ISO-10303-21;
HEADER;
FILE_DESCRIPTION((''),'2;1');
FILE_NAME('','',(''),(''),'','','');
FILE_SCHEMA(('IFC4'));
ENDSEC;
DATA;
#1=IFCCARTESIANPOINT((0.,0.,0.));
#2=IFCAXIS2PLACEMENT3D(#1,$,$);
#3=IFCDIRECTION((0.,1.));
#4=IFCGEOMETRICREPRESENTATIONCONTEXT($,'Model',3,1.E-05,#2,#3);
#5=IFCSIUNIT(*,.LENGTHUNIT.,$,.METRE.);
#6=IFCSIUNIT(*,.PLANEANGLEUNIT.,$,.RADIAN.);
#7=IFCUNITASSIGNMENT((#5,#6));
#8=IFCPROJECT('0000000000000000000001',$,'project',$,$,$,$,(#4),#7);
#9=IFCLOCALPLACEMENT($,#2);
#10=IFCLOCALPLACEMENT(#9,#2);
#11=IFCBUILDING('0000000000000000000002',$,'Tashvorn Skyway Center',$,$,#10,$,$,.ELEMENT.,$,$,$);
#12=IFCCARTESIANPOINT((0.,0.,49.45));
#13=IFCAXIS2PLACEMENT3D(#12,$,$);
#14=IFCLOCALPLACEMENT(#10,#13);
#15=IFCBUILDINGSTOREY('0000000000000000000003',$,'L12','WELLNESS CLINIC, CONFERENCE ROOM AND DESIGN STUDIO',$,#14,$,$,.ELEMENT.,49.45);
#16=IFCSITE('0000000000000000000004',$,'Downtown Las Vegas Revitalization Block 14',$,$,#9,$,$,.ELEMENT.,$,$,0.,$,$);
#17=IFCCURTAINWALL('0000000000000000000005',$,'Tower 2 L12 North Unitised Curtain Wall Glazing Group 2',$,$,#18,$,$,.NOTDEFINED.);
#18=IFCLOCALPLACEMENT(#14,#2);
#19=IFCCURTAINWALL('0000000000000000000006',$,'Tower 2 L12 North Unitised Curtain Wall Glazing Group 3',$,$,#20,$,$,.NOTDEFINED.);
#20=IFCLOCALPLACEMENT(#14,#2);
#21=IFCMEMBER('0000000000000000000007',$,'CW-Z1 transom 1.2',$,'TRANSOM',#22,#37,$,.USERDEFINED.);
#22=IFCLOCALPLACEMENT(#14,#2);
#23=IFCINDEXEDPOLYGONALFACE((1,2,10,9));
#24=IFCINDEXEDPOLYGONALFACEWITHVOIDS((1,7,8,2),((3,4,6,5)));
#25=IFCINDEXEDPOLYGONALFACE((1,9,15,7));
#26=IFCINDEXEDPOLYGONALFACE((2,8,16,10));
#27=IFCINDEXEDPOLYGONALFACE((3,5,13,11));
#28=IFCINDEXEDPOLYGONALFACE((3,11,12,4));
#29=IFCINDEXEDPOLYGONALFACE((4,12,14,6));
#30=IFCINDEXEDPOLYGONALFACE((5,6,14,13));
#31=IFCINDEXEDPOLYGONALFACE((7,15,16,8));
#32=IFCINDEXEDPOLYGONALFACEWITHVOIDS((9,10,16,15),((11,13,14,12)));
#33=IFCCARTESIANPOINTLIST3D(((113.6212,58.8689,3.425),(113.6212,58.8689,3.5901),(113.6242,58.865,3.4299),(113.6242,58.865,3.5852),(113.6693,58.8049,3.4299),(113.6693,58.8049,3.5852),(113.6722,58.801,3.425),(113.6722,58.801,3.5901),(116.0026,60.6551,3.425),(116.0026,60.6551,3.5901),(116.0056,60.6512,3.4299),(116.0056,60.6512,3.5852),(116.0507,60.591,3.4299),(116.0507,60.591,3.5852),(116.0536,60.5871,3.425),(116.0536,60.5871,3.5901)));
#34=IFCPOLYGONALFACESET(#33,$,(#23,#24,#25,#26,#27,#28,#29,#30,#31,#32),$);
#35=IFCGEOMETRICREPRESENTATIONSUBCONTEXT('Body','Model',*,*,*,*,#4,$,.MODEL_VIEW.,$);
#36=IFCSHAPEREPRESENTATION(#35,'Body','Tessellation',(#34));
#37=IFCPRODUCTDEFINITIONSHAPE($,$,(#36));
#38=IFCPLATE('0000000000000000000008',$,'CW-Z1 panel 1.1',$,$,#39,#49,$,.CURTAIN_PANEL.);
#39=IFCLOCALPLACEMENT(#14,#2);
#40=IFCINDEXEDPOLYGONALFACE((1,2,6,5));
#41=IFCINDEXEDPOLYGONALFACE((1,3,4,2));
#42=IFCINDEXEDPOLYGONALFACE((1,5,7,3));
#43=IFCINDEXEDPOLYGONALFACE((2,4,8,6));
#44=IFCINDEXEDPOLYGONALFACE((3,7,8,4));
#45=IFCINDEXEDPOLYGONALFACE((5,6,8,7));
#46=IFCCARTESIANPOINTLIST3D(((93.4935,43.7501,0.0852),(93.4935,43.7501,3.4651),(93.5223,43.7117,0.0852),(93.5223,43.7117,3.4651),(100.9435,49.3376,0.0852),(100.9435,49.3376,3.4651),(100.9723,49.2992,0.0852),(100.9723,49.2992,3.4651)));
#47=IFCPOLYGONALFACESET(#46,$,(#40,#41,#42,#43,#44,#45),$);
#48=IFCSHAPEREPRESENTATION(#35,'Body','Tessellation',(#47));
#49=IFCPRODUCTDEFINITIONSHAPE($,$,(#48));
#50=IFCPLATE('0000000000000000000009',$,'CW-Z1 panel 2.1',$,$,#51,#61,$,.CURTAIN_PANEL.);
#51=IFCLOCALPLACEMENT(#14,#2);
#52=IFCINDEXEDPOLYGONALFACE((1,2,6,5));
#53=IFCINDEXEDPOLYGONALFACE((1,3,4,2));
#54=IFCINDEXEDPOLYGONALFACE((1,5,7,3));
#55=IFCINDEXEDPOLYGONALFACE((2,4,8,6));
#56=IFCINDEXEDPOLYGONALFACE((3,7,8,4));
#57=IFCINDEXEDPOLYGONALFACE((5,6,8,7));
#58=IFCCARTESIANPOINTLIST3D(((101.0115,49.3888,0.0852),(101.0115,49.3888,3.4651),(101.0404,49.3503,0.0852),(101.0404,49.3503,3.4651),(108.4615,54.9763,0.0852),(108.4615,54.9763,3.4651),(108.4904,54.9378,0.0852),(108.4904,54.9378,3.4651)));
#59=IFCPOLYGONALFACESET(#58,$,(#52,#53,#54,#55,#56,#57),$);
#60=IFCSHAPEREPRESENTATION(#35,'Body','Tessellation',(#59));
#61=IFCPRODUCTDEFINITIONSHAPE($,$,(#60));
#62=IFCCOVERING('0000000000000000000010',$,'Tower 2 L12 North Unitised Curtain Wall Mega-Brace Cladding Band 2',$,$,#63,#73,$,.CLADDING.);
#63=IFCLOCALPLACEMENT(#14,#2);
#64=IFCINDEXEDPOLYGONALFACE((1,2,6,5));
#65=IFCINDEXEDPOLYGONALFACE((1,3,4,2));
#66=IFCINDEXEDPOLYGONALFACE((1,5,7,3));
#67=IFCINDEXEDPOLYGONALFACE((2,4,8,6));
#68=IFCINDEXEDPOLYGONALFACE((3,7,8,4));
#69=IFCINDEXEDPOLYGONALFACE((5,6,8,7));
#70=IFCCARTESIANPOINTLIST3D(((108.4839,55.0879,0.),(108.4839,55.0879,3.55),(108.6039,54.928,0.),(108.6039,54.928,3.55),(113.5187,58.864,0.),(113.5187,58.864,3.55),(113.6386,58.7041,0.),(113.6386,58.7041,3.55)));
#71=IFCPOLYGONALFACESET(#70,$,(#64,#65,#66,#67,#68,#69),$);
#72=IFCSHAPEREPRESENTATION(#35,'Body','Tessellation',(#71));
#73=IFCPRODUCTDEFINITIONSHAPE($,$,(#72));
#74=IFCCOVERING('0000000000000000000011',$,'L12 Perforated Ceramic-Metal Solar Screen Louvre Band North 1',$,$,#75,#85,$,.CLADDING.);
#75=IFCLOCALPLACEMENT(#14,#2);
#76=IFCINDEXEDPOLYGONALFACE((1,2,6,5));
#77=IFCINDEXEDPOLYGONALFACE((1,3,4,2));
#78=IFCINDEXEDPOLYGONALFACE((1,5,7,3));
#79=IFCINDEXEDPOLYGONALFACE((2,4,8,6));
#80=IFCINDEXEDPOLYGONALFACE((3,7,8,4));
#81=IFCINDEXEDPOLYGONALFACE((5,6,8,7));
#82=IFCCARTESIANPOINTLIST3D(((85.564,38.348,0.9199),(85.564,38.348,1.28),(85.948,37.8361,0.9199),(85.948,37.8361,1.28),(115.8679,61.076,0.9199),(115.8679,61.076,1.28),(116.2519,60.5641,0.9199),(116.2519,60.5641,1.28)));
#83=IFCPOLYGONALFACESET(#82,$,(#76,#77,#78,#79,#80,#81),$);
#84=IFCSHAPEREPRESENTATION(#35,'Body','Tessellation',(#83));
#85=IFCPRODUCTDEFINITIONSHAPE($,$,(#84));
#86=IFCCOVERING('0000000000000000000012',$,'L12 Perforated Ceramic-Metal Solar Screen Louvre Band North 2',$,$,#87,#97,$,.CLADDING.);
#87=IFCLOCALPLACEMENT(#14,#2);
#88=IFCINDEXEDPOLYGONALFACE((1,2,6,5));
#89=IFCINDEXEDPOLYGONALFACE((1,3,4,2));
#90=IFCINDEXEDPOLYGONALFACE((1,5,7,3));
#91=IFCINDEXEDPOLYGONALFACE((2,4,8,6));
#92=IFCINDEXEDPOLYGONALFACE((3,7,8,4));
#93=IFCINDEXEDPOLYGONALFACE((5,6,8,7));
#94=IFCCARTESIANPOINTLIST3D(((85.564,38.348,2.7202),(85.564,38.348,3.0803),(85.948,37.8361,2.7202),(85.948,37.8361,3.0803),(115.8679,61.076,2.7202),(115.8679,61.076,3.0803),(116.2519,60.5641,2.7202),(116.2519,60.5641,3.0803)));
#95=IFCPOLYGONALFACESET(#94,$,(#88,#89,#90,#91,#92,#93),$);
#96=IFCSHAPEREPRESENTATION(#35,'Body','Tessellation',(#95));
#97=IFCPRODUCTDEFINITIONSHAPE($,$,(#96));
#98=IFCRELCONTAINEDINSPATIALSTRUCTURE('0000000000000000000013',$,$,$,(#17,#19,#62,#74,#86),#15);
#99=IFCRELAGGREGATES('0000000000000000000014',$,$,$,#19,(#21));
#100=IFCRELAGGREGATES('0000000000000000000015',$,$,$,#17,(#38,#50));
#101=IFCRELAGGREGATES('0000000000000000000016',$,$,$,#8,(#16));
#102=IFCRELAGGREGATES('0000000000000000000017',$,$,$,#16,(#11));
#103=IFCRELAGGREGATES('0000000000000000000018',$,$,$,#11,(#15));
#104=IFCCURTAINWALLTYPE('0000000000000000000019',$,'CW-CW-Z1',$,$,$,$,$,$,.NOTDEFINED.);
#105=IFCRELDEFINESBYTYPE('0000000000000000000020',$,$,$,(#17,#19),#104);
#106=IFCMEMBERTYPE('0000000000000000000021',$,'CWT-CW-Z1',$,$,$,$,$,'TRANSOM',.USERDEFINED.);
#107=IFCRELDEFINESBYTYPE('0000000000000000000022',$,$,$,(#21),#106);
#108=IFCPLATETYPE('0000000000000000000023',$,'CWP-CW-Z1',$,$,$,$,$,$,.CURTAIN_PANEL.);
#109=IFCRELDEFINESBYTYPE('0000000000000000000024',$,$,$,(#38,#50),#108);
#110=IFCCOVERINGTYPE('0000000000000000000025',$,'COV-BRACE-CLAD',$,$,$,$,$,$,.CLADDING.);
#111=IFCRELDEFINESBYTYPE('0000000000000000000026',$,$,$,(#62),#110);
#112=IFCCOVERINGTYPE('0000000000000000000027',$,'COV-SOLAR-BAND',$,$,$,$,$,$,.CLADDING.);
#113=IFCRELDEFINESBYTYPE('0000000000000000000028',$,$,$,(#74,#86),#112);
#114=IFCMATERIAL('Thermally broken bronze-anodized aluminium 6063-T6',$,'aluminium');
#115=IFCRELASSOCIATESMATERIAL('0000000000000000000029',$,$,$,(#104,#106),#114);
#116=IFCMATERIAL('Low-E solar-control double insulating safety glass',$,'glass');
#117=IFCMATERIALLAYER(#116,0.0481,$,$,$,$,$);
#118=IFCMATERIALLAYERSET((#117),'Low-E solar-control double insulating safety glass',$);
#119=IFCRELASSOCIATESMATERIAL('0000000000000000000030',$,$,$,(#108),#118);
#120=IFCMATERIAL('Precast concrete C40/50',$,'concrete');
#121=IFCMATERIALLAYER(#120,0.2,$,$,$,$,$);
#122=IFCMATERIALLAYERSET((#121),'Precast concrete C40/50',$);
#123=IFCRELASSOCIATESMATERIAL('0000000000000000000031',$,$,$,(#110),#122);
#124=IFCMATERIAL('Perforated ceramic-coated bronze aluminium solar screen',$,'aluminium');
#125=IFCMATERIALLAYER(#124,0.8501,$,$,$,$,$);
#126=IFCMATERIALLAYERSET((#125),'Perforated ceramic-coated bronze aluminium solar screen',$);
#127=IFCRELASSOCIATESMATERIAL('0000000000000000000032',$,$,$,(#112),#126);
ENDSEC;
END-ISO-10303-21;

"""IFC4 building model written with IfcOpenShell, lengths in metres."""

from ifc_helpers import new_model, si_unit, direction, frame, origin, origin_2d, place, context, subcontext, project, spatial, rectangle, hollow_rectangle, extrude, material, layer, layer_set, material_profile, profile_set, type_object, element, aggregate, save


model = new_model("IFC4")

# Units and contexts
model_context = context("Model", 3, precision=1e-05, world=origin(), true_north=direction((0.0, 1.0)))
body_context = subcontext(model_context, "Body", "Model", "MODEL_VIEW")
ifc_project = project(units=[si_unit("LENGTHUNIT", "METRE"), si_unit("PLANEANGLEUNIT", "RADIAN")], contexts=[model_context])

# Site, building, storey
site_placement = place(None, origin())
site = spatial("IfcSite", under=ifc_project, at=site_placement, Name="Downtown Las Vegas Revitalization Block 14", CompositionType="ELEMENT", RefElevation=0.0)
building_placement = place(site_placement, origin())
building = spatial("IfcBuilding", under=site, at=building_placement, Name="Tashvorn Skyway Center", CompositionType="ELEMENT")
storey_placement = place(building_placement, frame((0.0, 0.0, 49.45)))
storey = spatial("IfcBuildingStorey", under=building, at=storey_placement, Name="L12", Description="WELLNESS CLINIC, CONFERENCE ROOM AND DESIGN STUDIO", CompositionType="ELEMENT", Elevation=49.45)

# Curtain wall
ifc_material_1 = material(Name="Thermally broken bronze-anodized aluminium 6063-T6", Category="aluminium")
curtain_wall_type = type_object("IfcCurtainWallType", Name="CW-CW-Z1", PredefinedType="NOTDEFINED", material=ifc_material_1)
curtain_wall_1_placement = place(storey_placement, origin())
curtain_wall_1 = element("IfcCurtainWall", 1, at=curtain_wall_1_placement, inside=storey, type_object=curtain_wall_type, Name="Tower 2 L12 North Unitised Curtain Wall Glazing Group 2", PredefinedType="NOTDEFINED")

# Curtain wall
curtain_wall_2_placement = place(storey_placement, origin())
curtain_wall_2 = element("IfcCurtainWall", 2, at=curtain_wall_2_placement, inside=storey, type_object=curtain_wall_type, Name="Tower 2 L12 North Unitised Curtain Wall Glazing Group 3", PredefinedType="NOTDEFINED")

# Member
ifc_material_profile_1 = material_profile(ifc_material_1, hollow_rectangle(XDim=0.085, YDim=0.165, WallThickness=0.0049, at=origin_2d()), Name="ALU-TRAN-85x165")
ifc_profile_set_1 = profile_set([ifc_material_profile_1], Name="Thermally broken bronze-anodized aluminium 6063-T6")
member_type_1 = type_object("IfcMemberType", Name="CWT-CW-Z1", ElementType="TRANSOM", PredefinedType="USERDEFINED", material=ifc_profile_set_1)
member_1_placement = place(storey_placement, frame((113.6467, 58.835, 3.5076), z_axis=(0.79998, 0.600026, 0.0), x_axis=(-0.600026, 0.79998, 0.0)))
member_1 = element("IfcMember", 3, at=member_1_placement, type_object=member_type_1, Name="CW-Z1 transom 1.2", ObjectType="TRANSOM", PredefinedType="USERDEFINED", context=body_context, shape_type="SweptSolid", body=[
    extrude(hollow_rectangle(XDim=0.085, YDim=0.165, WallThickness=0.0049, at=origin_2d()), origin(), (0.0, 0.0, 1.0), 2.9768),
])
aggregate(curtain_wall_2, [member_1])

# Plates
ifc_material_2 = material(Name="Low-E solar-control double insulating safety glass", Category="glass")
ifc_layer_1 = layer(ifc_material_2, 0.0481)
ifc_layer_set_1 = layer_set([ifc_layer_1], Name="Low-E solar-control double insulating safety glass")
plate_type = type_object("IfcPlateType", Name="CWP-CW-Z1", PredefinedType="CURTAIN_PANEL", material=ifc_layer_set_1)
plate_1_placement = place(storey_placement, frame((97.2329, 46.5247, 0.0852), z_axis=(0.0, 0.0, 1.0), x_axis=(0.8, 0.6, 0.0)))
plate_1 = element("IfcPlate", 4, at=plate_1_placement, type_object=plate_type, Name="CW-Z1 panel 1.1", PredefinedType="CURTAIN_PANEL", context=body_context, shape_type="SweptSolid", body=[
    extrude(rectangle(XDim=9.3125, YDim=0.0481, at=origin_2d()), origin(), (0.0, 0.0, 1.0), 3.3799),
])
plate_2_placement = place(storey_placement, frame((104.751, 52.1633, 0.0852), z_axis=(0.0, 0.0, 1.0), x_axis=(0.8, 0.6, 0.0)))
plate_2 = element("IfcPlate", 5, at=plate_2_placement, type_object=plate_type, Name="CW-Z1 panel 2.1", PredefinedType="CURTAIN_PANEL", context=body_context, shape_type="SweptSolid", body=[
    extrude(rectangle(XDim=9.3125, YDim=0.0481, at=origin_2d()), origin(), (0.0, 0.0, 1.0), 3.3799),
])
aggregate(curtain_wall_1, [plate_1, plate_2])

# Coverings
ifc_material_3 = material(Name="Precast concrete C40/50", Category="concrete")
ifc_layer_2 = layer(ifc_material_3, 0.2)
ifc_layer_set_2 = layer_set([ifc_layer_2], Name="Precast concrete C40/50")
covering_type_1 = type_object("IfcCoveringType", Name="COV-BRACE-CLAD", PredefinedType="CLADDING", material=ifc_layer_set_2)
covering_placement = place(storey_placement, frame((111.0613, 56.896, 0.0), z_axis=(0.0, 0.0, 1.0), x_axis=(0.8, 0.6, 0.0)))
element("IfcCovering", 6, at=covering_placement, inside=storey, type_object=covering_type_1, Name="Tower 2 L12 North Unitised Curtain Wall Mega-Brace Cladding Band 2", PredefinedType="CLADDING", context=body_context, shape_type="SweptSolid", body=[
    extrude(rectangle(XDim=6.2935, YDim=0.2, at=origin_2d()), origin(), (0.0, 0.0, 1.0), 3.55),
])
ifc_material_4 = material(Name="Perforated ceramic-coated bronze aluminium solar screen", Category="aluminium")
ifc_layer_3 = layer(ifc_material_4, 0.8501)
ifc_layer_set_3 = layer_set([ifc_layer_3], Name="Perforated ceramic-coated bronze aluminium solar screen")
covering_type_2 = type_object("IfcCoveringType", Name="COV-SOLAR-BAND", PredefinedType="CLADDING", material=ifc_layer_set_3)
for number, where, z_axis, x_axis, name in (
    (7, (100.908, 49.4561, 0.9199), (0.0, 0.0, 1.0), (0.8, 0.6, 0.0), "L12 Perforated Ceramic-Metal Solar Screen Louvre Band North 1"),
    (8, (100.908, 49.4561, 2.7202), (0.0, 0.0, 1.0), (0.8, 0.6, 0.0), "L12 Perforated Ceramic-Metal Solar Screen Louvre Band North 2"),
):
    element("IfcCovering", number, at=place(storey_placement, frame(where, z_axis=z_axis, x_axis=x_axis)), inside=storey, type_object=covering_type_2, Name=name, PredefinedType="CLADDING", context=body_context, shape_type="SweptSolid", body=[
        extrude(rectangle(XDim=37.8799, YDim=0.6399, at=origin_2d()), origin(), (0.0, 0.0, 1.0), 0.3601),
    ])

save(model, "model.ifc")
